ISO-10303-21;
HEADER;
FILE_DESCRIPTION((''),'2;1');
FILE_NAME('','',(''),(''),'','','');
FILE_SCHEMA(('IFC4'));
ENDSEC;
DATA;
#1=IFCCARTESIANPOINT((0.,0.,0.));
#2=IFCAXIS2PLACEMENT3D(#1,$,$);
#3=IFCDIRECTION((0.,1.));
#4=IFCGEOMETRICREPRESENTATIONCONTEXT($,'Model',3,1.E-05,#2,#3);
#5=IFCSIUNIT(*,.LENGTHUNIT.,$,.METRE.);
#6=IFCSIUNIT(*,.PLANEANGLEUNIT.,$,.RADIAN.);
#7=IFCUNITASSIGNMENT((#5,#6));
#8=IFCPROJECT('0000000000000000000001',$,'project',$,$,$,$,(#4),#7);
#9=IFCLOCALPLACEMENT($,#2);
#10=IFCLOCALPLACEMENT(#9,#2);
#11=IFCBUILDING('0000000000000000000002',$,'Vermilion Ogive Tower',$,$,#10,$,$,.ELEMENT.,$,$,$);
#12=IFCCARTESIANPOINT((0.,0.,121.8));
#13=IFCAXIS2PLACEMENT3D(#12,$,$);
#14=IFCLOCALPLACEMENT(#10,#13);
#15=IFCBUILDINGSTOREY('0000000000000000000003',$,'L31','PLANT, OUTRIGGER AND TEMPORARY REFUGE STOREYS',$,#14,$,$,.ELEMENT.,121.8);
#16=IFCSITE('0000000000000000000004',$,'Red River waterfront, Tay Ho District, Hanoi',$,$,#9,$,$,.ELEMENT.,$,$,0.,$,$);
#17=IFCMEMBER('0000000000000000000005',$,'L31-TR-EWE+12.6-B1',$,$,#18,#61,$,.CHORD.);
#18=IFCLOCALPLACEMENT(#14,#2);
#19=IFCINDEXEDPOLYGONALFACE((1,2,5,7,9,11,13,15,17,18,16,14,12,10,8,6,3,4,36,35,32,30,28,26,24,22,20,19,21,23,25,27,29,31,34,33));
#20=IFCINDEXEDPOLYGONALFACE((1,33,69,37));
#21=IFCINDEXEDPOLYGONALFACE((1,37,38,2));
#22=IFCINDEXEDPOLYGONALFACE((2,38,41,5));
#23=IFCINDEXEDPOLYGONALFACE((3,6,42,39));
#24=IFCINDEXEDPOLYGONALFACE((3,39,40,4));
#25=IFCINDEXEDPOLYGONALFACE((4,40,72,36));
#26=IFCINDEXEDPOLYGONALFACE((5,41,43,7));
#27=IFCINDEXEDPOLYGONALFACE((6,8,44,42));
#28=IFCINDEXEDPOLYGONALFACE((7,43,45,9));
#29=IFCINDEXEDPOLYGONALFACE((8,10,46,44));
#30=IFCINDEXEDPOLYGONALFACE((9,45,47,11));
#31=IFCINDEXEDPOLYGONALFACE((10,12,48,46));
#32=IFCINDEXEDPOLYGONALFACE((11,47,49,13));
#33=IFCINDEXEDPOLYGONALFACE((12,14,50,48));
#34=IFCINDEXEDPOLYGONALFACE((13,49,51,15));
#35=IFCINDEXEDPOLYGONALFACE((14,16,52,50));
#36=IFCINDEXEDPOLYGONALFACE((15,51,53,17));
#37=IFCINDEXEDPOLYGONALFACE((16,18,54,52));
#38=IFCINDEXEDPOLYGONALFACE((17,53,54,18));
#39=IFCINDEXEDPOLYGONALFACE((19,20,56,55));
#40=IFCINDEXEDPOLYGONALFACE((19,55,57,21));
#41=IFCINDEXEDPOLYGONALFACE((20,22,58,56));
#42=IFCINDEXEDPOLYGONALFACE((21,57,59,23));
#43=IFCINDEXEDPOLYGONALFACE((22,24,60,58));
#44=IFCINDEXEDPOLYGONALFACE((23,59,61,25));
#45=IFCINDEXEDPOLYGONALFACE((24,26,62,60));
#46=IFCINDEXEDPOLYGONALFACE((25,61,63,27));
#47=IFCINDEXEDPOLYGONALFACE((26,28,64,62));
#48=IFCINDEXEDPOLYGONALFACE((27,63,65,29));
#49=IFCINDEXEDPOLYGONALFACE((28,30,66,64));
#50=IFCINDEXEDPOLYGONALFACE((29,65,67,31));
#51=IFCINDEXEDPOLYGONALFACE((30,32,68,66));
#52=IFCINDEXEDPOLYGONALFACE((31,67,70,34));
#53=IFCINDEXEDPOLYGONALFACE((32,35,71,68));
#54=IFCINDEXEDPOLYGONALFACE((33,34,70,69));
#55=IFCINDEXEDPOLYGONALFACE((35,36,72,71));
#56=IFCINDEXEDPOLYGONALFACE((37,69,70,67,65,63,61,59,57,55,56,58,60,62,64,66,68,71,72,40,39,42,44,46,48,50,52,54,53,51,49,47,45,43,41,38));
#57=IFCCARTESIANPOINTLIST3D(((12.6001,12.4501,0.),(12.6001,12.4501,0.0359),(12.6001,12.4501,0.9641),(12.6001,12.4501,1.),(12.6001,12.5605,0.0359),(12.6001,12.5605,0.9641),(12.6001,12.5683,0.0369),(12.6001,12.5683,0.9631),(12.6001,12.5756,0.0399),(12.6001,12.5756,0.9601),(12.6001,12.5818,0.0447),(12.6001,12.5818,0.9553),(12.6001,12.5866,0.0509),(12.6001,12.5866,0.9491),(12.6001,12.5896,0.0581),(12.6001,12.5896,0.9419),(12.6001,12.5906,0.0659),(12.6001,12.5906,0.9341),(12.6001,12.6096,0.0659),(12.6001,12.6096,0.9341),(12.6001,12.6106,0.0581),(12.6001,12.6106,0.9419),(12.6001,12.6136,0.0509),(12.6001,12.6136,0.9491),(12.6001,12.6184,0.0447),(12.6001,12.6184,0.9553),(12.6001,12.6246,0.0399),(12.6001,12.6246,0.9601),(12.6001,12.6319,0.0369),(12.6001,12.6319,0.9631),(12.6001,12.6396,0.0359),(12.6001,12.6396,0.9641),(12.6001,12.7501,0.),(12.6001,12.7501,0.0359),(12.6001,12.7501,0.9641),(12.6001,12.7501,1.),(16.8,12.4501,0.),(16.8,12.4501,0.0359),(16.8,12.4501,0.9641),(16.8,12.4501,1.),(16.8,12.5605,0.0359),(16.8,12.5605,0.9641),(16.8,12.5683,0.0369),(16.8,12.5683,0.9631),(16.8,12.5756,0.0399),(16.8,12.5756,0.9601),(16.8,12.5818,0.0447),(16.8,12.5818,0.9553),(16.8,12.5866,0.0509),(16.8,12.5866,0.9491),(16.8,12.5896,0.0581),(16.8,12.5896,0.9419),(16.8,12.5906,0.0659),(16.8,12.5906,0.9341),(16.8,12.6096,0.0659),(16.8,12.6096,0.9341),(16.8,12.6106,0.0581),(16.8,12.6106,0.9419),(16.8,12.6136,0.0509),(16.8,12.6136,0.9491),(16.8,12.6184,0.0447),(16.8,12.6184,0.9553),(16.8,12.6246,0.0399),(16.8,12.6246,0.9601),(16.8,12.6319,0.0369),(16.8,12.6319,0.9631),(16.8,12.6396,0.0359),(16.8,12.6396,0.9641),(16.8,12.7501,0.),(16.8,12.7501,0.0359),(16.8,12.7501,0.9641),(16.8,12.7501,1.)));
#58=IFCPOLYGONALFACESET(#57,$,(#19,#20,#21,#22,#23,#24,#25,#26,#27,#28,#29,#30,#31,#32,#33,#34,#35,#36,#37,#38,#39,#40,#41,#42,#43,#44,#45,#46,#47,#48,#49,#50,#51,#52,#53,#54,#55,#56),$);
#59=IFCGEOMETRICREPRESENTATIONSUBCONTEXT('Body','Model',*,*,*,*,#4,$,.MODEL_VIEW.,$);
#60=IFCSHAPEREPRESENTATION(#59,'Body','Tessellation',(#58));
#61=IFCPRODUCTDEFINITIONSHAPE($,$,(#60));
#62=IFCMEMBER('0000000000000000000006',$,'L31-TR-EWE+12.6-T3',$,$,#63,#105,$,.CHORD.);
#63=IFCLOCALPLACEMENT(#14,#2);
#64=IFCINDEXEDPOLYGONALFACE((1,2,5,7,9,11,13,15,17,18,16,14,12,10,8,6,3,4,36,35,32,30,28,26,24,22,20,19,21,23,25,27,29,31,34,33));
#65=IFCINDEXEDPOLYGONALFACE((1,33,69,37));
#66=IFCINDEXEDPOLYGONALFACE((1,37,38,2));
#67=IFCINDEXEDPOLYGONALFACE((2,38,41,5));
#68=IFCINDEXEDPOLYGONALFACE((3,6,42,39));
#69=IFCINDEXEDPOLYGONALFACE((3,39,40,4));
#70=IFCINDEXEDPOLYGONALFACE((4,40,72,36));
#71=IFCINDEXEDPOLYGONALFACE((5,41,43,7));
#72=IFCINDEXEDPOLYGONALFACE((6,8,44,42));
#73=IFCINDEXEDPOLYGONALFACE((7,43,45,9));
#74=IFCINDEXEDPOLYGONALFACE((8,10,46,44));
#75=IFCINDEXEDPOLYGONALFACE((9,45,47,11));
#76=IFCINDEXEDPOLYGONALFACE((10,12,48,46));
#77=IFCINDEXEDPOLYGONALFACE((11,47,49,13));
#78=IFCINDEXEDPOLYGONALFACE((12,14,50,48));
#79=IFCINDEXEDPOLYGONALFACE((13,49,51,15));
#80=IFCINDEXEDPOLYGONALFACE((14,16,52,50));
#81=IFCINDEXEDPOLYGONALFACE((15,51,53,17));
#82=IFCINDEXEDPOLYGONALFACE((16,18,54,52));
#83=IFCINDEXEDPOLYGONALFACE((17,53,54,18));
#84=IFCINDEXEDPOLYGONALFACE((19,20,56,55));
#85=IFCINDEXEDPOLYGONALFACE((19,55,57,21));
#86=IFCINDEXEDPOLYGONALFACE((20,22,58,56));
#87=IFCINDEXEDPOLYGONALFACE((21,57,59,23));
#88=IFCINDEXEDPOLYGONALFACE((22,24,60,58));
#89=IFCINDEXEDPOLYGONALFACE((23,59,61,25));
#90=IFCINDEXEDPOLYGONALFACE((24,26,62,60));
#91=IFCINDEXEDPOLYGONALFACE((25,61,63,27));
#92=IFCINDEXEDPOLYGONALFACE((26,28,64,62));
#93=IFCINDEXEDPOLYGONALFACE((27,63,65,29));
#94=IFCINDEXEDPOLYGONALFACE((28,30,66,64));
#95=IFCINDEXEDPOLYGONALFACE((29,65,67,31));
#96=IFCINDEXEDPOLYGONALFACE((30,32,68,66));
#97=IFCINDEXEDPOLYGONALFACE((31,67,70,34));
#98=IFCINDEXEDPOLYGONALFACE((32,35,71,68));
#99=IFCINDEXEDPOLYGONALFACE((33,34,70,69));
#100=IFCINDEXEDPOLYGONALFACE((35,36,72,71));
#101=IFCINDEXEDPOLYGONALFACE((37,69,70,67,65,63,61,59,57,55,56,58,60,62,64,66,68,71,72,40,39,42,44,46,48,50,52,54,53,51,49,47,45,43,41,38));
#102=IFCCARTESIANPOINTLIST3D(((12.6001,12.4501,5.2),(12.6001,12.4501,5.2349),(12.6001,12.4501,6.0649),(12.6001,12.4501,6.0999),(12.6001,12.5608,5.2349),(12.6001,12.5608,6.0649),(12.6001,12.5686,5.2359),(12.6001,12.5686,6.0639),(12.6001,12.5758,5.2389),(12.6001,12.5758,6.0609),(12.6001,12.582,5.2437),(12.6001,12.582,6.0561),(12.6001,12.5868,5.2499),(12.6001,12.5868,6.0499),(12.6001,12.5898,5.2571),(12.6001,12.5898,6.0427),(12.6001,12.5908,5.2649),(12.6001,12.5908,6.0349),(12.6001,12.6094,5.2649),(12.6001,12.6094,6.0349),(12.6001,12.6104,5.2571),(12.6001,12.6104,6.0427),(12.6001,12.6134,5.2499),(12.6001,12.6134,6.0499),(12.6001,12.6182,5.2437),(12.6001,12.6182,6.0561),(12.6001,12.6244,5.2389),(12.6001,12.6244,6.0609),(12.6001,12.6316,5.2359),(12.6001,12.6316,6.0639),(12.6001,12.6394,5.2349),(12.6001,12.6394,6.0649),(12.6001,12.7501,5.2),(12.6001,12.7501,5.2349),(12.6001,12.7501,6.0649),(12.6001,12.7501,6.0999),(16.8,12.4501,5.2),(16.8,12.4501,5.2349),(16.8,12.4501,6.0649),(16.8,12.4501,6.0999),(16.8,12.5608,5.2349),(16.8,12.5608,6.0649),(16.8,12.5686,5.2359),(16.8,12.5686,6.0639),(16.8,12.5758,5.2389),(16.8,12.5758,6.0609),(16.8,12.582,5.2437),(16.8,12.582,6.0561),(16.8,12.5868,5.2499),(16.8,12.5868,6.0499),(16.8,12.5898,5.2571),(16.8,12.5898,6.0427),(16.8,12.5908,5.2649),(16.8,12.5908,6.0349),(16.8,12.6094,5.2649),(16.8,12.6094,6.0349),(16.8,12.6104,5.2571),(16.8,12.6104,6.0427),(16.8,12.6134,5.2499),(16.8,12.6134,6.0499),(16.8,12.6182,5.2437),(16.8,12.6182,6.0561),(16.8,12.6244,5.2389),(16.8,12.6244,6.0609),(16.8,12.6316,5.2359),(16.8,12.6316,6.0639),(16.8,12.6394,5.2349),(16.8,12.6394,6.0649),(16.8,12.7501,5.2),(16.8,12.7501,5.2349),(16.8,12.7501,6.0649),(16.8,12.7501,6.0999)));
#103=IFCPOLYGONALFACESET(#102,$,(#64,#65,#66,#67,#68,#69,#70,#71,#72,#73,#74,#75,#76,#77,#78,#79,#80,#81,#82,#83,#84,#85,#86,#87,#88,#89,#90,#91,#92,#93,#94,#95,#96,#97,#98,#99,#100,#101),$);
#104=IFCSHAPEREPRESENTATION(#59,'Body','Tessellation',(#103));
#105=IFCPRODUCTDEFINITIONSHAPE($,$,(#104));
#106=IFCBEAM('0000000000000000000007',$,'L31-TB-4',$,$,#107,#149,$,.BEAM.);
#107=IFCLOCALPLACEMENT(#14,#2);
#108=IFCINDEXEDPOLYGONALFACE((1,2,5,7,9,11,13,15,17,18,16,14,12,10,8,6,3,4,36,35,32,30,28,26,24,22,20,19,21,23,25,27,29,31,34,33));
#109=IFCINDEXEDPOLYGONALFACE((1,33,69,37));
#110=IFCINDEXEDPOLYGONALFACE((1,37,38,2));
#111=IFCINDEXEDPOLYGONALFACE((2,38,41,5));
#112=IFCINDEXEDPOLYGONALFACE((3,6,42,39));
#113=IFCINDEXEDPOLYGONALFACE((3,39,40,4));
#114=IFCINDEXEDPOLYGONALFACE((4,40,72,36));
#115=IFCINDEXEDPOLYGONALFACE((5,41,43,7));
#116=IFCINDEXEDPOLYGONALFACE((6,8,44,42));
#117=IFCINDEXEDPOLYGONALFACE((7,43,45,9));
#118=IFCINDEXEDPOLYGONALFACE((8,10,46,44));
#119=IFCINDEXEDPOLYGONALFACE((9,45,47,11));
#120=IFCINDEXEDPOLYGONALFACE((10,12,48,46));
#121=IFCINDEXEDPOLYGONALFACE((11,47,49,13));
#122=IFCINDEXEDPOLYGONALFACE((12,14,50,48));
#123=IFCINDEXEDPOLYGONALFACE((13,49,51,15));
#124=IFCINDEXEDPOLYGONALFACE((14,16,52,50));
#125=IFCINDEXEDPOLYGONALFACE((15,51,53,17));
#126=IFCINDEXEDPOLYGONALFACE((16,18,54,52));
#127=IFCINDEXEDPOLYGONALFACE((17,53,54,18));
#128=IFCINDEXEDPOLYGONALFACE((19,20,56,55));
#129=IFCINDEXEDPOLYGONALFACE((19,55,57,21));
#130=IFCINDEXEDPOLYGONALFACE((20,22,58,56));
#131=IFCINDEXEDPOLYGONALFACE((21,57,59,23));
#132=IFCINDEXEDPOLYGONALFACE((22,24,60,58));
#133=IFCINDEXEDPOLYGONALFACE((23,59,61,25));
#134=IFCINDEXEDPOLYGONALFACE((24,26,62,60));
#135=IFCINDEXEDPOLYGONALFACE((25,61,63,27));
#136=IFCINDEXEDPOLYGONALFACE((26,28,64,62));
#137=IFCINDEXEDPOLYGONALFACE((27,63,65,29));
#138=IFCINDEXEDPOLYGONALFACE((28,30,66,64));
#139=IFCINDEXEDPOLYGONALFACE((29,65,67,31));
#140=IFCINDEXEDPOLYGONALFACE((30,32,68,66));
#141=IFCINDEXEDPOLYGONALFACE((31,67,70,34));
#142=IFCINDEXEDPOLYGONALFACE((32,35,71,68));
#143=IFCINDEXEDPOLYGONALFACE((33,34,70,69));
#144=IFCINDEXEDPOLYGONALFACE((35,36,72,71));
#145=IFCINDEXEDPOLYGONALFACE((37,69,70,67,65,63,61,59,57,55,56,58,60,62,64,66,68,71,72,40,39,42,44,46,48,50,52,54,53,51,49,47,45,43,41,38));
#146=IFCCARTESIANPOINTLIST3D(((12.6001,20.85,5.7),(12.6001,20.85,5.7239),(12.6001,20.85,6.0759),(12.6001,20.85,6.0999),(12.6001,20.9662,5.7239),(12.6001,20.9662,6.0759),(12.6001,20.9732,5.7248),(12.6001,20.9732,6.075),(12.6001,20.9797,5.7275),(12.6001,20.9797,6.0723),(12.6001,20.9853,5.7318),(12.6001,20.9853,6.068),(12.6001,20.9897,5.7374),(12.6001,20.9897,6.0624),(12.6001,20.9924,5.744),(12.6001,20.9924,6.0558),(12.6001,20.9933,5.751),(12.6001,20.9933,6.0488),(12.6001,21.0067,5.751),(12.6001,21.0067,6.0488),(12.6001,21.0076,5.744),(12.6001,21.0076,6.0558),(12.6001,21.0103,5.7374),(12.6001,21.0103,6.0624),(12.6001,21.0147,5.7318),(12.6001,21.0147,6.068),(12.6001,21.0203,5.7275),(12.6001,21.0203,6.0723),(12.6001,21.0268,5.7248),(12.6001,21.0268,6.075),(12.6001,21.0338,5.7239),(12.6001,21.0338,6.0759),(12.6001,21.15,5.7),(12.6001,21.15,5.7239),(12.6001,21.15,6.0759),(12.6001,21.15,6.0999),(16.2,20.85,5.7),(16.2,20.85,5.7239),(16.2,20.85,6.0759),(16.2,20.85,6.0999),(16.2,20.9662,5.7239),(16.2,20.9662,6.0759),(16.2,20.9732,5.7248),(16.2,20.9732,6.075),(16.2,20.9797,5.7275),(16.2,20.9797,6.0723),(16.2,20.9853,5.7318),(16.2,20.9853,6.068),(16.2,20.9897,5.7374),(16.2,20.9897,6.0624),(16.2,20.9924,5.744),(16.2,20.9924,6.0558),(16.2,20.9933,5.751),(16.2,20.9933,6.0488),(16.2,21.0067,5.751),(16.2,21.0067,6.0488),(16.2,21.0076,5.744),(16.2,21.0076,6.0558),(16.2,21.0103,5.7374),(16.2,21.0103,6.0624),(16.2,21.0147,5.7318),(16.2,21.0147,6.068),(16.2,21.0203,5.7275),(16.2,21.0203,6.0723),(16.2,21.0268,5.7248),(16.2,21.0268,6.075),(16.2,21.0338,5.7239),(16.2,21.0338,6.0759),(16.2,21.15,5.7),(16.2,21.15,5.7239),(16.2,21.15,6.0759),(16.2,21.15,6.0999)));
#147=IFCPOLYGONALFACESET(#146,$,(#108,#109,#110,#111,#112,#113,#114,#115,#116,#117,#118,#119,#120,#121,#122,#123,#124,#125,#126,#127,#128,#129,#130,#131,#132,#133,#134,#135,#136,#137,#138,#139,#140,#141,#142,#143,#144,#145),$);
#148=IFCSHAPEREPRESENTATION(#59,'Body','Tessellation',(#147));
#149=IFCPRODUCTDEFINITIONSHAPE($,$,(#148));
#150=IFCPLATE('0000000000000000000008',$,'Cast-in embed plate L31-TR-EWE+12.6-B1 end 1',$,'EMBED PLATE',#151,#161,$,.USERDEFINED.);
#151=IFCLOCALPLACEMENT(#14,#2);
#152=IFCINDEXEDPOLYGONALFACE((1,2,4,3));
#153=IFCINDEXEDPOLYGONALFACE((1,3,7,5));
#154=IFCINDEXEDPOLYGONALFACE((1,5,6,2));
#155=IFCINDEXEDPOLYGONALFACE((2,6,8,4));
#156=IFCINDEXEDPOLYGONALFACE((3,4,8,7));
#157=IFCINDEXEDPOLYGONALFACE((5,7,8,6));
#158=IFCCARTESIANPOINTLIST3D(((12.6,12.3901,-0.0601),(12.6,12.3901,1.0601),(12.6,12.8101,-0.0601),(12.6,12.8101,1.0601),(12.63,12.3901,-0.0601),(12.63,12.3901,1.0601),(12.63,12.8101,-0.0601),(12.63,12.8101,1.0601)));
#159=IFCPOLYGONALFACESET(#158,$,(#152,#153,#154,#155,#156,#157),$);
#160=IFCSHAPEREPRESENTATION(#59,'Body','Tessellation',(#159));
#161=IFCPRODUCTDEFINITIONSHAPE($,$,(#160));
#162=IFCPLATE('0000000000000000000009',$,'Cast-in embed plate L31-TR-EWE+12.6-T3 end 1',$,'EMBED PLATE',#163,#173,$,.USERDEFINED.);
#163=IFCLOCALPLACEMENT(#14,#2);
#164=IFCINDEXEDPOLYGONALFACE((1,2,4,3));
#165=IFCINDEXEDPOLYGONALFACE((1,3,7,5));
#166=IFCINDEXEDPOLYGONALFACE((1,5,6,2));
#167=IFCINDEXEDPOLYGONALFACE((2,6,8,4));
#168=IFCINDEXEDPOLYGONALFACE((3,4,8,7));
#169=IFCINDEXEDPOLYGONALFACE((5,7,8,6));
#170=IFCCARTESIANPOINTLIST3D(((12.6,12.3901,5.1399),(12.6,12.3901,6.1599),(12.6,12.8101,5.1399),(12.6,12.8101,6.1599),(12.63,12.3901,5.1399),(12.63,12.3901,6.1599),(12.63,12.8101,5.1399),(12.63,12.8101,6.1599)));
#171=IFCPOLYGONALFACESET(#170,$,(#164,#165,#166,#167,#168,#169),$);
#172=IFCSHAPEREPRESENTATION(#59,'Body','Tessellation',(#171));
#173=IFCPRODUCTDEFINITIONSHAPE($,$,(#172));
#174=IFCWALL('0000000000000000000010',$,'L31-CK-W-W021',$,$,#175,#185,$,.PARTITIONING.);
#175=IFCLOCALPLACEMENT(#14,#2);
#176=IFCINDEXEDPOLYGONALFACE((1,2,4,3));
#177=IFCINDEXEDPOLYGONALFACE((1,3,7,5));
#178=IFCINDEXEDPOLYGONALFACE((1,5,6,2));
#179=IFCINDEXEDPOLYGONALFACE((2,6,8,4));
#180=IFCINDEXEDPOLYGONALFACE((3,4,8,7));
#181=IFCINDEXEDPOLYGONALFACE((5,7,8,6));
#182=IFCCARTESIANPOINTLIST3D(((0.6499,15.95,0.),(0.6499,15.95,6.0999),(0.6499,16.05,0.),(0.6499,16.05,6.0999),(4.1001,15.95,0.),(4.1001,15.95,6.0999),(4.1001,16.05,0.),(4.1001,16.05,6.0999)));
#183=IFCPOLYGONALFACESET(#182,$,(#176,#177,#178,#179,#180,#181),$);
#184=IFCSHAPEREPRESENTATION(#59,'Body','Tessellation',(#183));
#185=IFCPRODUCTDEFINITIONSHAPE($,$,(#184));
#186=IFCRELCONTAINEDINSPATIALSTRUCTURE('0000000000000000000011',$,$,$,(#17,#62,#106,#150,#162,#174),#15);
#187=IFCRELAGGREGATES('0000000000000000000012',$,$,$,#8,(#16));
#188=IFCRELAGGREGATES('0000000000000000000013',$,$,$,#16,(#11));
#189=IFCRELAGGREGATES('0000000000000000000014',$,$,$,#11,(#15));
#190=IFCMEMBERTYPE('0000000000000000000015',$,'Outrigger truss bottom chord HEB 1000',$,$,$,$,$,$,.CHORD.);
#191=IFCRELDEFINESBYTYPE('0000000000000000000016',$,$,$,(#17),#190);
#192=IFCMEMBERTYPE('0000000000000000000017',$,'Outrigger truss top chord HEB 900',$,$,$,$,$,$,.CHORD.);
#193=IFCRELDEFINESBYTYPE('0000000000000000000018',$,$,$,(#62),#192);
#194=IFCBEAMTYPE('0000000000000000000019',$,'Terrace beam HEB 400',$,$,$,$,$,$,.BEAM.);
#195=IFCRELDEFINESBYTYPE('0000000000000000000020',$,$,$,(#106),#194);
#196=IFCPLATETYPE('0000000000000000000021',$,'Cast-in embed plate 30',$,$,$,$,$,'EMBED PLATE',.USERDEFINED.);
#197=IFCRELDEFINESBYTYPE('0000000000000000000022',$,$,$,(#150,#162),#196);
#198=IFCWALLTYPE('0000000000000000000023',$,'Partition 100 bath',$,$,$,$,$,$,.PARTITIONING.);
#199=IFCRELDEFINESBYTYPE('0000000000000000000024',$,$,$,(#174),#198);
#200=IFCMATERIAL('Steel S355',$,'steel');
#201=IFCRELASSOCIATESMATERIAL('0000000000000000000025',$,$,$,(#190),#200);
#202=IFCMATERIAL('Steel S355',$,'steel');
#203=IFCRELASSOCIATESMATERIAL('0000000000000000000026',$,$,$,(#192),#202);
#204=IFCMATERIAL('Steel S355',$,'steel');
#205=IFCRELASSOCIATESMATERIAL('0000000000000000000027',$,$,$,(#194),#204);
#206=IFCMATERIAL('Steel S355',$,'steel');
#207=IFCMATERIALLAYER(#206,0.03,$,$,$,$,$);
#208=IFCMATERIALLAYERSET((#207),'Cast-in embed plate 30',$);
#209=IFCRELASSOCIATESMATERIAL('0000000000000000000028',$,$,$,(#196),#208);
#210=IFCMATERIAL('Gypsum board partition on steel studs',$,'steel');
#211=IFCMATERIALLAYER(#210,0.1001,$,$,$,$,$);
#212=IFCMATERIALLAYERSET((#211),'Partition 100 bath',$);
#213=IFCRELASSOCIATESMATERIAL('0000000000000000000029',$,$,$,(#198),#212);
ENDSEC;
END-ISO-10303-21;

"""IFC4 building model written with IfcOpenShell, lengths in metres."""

from ifc_helpers import new_model, si_unit, direction, frame, frame_2d, origin, origin_2d, place, context, subcontext, project, spatial, rectangle, i_section, extrude, material, layer, layer_set, material_profile, profile_set, type_object, element, save


model = new_model("IFC4")

# Units and contexts
model_context = context("Model", 3, precision=1e-05, world=origin(), true_north=direction((0.0, 1.0)))
body_context = subcontext(model_context, "Body", "Model", "MODEL_VIEW")
ifc_project = project(units=[si_unit("LENGTHUNIT", "METRE"), si_unit("PLANEANGLEUNIT", "RADIAN")], contexts=[model_context])

# Site, building, storey
site_placement = place(None, origin())
site = spatial("IfcSite", under=ifc_project, at=site_placement, Name="Red River waterfront, Tay Ho District, Hanoi", CompositionType="ELEMENT", RefElevation=0.0)
building_placement = place(site_placement, origin())
building = spatial("IfcBuilding", under=site, at=building_placement, Name="Vermilion Ogive Tower", CompositionType="ELEMENT")
storey_placement = place(building_placement, frame((0.0, 0.0, 121.8)))
storey = spatial("IfcBuildingStorey", under=building, at=storey_placement, Name="L31", Description="PLANT, OUTRIGGER AND TEMPORARY REFUGE STOREYS", CompositionType="ELEMENT", Elevation=121.8)

# Members
ifc_material_1 = material(Name="Steel S355", Category="steel")
ifc_material_profile_1 = material_profile(ifc_material_1, i_section(OverallWidth=0.3, OverallDepth=1.0, WebThickness=0.019, FlangeThickness=0.0359, FilletRadius=0.03, at=origin_2d()), Name="HEB 1000")
ifc_profile_set_1 = profile_set([ifc_material_profile_1], Name="Steel S355")
member_type_1 = type_object("IfcMemberType", Name="Outrigger truss bottom chord HEB 1000", PredefinedType="CHORD", material=ifc_profile_set_1)
member_1_placement = place(storey_placement, frame((12.6001, 12.6001, 0.5), z_axis=(1.0, 0.0, 0.0), x_axis=(0.0, 1.0, 0.0)))
element("IfcMember", 1, at=member_1_placement, inside=storey, type_object=member_type_1, Name="L31-TR-EWE+12.6-B1", PredefinedType="CHORD", context=body_context, shape_type="SweptSolid", body=[
    extrude(i_section(OverallWidth=0.3, OverallDepth=1.0, WebThickness=0.019, FlangeThickness=0.0359, FilletRadius=0.03, at=origin_2d()), origin(), (0.0, 0.0, 1.0), 4.2),
])
ifc_material_2 = material(Name="Steel S355", Category="steel")
ifc_material_profile_2 = material_profile(ifc_material_2, i_section(OverallWidth=0.3, OverallDepth=0.8999, WebThickness=0.0186, FlangeThickness=0.0349, FilletRadius=0.03, at=origin_2d()), Name="HEB 900")
ifc_profile_set_2 = profile_set([ifc_material_profile_2], Name="Steel S355")
member_type_2 = type_object("IfcMemberType", Name="Outrigger truss top chord HEB 900", PredefinedType="CHORD", material=ifc_profile_set_2)
member_2_placement = place(storey_placement, frame((12.6001, 12.6001, 5.6499), z_axis=(1.0, 0.0, 0.0), x_axis=(0.0, 1.0, 0.0)))
element("IfcMember", 2, at=member_2_placement, inside=storey, type_object=member_type_2, Name="L31-TR-EWE+12.6-T3", PredefinedType="CHORD", context=body_context, shape_type="SweptSolid", body=[
    extrude(i_section(OverallWidth=0.3, OverallDepth=0.8999, WebThickness=0.0186, FlangeThickness=0.0349, FilletRadius=0.03, at=origin_2d()), origin(), (0.0, 0.0, 1.0), 4.2),
])

# Beam
ifc_material_3 = material(Name="Steel S355", Category="steel")
ifc_material_profile_3 = material_profile(ifc_material_3, i_section(OverallWidth=0.3, OverallDepth=0.3999, WebThickness=0.0134, FlangeThickness=0.0239, FilletRadius=0.0271, at=origin_2d()), Name="HEB 400")
ifc_profile_set_3 = profile_set([ifc_material_profile_3], Name="Steel S355")
beam_type = type_object("IfcBeamType", Name="Terrace beam HEB 400", PredefinedType="BEAM", material=ifc_profile_set_3)
beam_placement = place(storey_placement, frame((12.6001, 21.0, 5.8999), z_axis=(1.0, 0.0, 0.0), x_axis=(0.0, 1.0, 0.0)))
element("IfcBeam", 3, at=beam_placement, inside=storey, type_object=beam_type, Name="L31-TB-4", PredefinedType="BEAM", context=body_context, shape_type="SweptSolid", body=[
    extrude(i_section(OverallWidth=0.3, OverallDepth=0.3999, WebThickness=0.0134, FlangeThickness=0.0239, FilletRadius=0.0271, at=origin_2d()), origin(), (0.0, 0.0, 1.0), 3.5999),
])

# Plates
ifc_material_4 = material(Name="Steel S355", Category="steel")
ifc_layer_1 = layer(ifc_material_4, 0.03)
ifc_layer_set_1 = layer_set([ifc_layer_1], Name="Cast-in embed plate 30")
plate_type = type_object("IfcPlateType", Name="Cast-in embed plate 30", ElementType="EMBED PLATE", PredefinedType="USERDEFINED", material=ifc_layer_set_1)
plate_1_placement = place(storey_placement, frame((12.615, 12.6001, -0.0601), z_axis=(0.0, 0.0, 1.0), x_axis=(1.0, 0.0, 0.0)))
element("IfcPlate", 4, at=plate_1_placement, inside=storey, type_object=plate_type, Name="Cast-in embed plate L31-TR-EWE+12.6-B1 end 1", ObjectType="EMBED PLATE", PredefinedType="USERDEFINED", context=body_context, shape_type="SweptSolid", body=[
    extrude(rectangle(XDim=0.03, YDim=0.4199, at=origin_2d()), origin(), (0.0, 0.0, 1.0), 1.1201),
])
plate_2_placement = place(storey_placement, frame((12.615, 12.6001, 5.1399), z_axis=(0.0, 0.0, 1.0), x_axis=(1.0, 0.0, 0.0)))
element("IfcPlate", 5, at=plate_2_placement, inside=storey, type_object=plate_type, Name="Cast-in embed plate L31-TR-EWE+12.6-T3 end 1", ObjectType="EMBED PLATE", PredefinedType="USERDEFINED", context=body_context, shape_type="SweptSolid", body=[
    extrude(rectangle(XDim=0.03, YDim=0.4199, at=origin_2d()), origin(), (0.0, 0.0, 1.0), 1.02),
])

# Wall
ifc_material_5 = material(Name="Gypsum board partition on steel studs", Category="steel")
ifc_layer_2 = layer(ifc_material_5, 0.1001)
ifc_layer_set_2 = layer_set([ifc_layer_2], Name="Partition 100 bath")
wall_type_1 = type_object("IfcWallType", Name="Partition 100 bath", PredefinedType="PARTITIONING", material=ifc_layer_set_2)
wall_1_placement = place(storey_placement, frame((0.6499, 16.0, 0.0), z_axis=(0.0, 0.0, 1.0), x_axis=(1.0, 0.0, 0.0)))
element("IfcWall", 6, at=wall_1_placement, inside=storey, type_object=wall_type_1, Name="L31-CK-W-W021", PredefinedType="PARTITIONING", context=body_context, shape_type="SweptSolid", body=[
    extrude(rectangle(XDim=3.4502, YDim=0.1001, at=frame_2d((1.7251, 0.0))), origin(), (0.0, 0.0, 1.0), 6.0999),
])

save(model, "model.ifc")
